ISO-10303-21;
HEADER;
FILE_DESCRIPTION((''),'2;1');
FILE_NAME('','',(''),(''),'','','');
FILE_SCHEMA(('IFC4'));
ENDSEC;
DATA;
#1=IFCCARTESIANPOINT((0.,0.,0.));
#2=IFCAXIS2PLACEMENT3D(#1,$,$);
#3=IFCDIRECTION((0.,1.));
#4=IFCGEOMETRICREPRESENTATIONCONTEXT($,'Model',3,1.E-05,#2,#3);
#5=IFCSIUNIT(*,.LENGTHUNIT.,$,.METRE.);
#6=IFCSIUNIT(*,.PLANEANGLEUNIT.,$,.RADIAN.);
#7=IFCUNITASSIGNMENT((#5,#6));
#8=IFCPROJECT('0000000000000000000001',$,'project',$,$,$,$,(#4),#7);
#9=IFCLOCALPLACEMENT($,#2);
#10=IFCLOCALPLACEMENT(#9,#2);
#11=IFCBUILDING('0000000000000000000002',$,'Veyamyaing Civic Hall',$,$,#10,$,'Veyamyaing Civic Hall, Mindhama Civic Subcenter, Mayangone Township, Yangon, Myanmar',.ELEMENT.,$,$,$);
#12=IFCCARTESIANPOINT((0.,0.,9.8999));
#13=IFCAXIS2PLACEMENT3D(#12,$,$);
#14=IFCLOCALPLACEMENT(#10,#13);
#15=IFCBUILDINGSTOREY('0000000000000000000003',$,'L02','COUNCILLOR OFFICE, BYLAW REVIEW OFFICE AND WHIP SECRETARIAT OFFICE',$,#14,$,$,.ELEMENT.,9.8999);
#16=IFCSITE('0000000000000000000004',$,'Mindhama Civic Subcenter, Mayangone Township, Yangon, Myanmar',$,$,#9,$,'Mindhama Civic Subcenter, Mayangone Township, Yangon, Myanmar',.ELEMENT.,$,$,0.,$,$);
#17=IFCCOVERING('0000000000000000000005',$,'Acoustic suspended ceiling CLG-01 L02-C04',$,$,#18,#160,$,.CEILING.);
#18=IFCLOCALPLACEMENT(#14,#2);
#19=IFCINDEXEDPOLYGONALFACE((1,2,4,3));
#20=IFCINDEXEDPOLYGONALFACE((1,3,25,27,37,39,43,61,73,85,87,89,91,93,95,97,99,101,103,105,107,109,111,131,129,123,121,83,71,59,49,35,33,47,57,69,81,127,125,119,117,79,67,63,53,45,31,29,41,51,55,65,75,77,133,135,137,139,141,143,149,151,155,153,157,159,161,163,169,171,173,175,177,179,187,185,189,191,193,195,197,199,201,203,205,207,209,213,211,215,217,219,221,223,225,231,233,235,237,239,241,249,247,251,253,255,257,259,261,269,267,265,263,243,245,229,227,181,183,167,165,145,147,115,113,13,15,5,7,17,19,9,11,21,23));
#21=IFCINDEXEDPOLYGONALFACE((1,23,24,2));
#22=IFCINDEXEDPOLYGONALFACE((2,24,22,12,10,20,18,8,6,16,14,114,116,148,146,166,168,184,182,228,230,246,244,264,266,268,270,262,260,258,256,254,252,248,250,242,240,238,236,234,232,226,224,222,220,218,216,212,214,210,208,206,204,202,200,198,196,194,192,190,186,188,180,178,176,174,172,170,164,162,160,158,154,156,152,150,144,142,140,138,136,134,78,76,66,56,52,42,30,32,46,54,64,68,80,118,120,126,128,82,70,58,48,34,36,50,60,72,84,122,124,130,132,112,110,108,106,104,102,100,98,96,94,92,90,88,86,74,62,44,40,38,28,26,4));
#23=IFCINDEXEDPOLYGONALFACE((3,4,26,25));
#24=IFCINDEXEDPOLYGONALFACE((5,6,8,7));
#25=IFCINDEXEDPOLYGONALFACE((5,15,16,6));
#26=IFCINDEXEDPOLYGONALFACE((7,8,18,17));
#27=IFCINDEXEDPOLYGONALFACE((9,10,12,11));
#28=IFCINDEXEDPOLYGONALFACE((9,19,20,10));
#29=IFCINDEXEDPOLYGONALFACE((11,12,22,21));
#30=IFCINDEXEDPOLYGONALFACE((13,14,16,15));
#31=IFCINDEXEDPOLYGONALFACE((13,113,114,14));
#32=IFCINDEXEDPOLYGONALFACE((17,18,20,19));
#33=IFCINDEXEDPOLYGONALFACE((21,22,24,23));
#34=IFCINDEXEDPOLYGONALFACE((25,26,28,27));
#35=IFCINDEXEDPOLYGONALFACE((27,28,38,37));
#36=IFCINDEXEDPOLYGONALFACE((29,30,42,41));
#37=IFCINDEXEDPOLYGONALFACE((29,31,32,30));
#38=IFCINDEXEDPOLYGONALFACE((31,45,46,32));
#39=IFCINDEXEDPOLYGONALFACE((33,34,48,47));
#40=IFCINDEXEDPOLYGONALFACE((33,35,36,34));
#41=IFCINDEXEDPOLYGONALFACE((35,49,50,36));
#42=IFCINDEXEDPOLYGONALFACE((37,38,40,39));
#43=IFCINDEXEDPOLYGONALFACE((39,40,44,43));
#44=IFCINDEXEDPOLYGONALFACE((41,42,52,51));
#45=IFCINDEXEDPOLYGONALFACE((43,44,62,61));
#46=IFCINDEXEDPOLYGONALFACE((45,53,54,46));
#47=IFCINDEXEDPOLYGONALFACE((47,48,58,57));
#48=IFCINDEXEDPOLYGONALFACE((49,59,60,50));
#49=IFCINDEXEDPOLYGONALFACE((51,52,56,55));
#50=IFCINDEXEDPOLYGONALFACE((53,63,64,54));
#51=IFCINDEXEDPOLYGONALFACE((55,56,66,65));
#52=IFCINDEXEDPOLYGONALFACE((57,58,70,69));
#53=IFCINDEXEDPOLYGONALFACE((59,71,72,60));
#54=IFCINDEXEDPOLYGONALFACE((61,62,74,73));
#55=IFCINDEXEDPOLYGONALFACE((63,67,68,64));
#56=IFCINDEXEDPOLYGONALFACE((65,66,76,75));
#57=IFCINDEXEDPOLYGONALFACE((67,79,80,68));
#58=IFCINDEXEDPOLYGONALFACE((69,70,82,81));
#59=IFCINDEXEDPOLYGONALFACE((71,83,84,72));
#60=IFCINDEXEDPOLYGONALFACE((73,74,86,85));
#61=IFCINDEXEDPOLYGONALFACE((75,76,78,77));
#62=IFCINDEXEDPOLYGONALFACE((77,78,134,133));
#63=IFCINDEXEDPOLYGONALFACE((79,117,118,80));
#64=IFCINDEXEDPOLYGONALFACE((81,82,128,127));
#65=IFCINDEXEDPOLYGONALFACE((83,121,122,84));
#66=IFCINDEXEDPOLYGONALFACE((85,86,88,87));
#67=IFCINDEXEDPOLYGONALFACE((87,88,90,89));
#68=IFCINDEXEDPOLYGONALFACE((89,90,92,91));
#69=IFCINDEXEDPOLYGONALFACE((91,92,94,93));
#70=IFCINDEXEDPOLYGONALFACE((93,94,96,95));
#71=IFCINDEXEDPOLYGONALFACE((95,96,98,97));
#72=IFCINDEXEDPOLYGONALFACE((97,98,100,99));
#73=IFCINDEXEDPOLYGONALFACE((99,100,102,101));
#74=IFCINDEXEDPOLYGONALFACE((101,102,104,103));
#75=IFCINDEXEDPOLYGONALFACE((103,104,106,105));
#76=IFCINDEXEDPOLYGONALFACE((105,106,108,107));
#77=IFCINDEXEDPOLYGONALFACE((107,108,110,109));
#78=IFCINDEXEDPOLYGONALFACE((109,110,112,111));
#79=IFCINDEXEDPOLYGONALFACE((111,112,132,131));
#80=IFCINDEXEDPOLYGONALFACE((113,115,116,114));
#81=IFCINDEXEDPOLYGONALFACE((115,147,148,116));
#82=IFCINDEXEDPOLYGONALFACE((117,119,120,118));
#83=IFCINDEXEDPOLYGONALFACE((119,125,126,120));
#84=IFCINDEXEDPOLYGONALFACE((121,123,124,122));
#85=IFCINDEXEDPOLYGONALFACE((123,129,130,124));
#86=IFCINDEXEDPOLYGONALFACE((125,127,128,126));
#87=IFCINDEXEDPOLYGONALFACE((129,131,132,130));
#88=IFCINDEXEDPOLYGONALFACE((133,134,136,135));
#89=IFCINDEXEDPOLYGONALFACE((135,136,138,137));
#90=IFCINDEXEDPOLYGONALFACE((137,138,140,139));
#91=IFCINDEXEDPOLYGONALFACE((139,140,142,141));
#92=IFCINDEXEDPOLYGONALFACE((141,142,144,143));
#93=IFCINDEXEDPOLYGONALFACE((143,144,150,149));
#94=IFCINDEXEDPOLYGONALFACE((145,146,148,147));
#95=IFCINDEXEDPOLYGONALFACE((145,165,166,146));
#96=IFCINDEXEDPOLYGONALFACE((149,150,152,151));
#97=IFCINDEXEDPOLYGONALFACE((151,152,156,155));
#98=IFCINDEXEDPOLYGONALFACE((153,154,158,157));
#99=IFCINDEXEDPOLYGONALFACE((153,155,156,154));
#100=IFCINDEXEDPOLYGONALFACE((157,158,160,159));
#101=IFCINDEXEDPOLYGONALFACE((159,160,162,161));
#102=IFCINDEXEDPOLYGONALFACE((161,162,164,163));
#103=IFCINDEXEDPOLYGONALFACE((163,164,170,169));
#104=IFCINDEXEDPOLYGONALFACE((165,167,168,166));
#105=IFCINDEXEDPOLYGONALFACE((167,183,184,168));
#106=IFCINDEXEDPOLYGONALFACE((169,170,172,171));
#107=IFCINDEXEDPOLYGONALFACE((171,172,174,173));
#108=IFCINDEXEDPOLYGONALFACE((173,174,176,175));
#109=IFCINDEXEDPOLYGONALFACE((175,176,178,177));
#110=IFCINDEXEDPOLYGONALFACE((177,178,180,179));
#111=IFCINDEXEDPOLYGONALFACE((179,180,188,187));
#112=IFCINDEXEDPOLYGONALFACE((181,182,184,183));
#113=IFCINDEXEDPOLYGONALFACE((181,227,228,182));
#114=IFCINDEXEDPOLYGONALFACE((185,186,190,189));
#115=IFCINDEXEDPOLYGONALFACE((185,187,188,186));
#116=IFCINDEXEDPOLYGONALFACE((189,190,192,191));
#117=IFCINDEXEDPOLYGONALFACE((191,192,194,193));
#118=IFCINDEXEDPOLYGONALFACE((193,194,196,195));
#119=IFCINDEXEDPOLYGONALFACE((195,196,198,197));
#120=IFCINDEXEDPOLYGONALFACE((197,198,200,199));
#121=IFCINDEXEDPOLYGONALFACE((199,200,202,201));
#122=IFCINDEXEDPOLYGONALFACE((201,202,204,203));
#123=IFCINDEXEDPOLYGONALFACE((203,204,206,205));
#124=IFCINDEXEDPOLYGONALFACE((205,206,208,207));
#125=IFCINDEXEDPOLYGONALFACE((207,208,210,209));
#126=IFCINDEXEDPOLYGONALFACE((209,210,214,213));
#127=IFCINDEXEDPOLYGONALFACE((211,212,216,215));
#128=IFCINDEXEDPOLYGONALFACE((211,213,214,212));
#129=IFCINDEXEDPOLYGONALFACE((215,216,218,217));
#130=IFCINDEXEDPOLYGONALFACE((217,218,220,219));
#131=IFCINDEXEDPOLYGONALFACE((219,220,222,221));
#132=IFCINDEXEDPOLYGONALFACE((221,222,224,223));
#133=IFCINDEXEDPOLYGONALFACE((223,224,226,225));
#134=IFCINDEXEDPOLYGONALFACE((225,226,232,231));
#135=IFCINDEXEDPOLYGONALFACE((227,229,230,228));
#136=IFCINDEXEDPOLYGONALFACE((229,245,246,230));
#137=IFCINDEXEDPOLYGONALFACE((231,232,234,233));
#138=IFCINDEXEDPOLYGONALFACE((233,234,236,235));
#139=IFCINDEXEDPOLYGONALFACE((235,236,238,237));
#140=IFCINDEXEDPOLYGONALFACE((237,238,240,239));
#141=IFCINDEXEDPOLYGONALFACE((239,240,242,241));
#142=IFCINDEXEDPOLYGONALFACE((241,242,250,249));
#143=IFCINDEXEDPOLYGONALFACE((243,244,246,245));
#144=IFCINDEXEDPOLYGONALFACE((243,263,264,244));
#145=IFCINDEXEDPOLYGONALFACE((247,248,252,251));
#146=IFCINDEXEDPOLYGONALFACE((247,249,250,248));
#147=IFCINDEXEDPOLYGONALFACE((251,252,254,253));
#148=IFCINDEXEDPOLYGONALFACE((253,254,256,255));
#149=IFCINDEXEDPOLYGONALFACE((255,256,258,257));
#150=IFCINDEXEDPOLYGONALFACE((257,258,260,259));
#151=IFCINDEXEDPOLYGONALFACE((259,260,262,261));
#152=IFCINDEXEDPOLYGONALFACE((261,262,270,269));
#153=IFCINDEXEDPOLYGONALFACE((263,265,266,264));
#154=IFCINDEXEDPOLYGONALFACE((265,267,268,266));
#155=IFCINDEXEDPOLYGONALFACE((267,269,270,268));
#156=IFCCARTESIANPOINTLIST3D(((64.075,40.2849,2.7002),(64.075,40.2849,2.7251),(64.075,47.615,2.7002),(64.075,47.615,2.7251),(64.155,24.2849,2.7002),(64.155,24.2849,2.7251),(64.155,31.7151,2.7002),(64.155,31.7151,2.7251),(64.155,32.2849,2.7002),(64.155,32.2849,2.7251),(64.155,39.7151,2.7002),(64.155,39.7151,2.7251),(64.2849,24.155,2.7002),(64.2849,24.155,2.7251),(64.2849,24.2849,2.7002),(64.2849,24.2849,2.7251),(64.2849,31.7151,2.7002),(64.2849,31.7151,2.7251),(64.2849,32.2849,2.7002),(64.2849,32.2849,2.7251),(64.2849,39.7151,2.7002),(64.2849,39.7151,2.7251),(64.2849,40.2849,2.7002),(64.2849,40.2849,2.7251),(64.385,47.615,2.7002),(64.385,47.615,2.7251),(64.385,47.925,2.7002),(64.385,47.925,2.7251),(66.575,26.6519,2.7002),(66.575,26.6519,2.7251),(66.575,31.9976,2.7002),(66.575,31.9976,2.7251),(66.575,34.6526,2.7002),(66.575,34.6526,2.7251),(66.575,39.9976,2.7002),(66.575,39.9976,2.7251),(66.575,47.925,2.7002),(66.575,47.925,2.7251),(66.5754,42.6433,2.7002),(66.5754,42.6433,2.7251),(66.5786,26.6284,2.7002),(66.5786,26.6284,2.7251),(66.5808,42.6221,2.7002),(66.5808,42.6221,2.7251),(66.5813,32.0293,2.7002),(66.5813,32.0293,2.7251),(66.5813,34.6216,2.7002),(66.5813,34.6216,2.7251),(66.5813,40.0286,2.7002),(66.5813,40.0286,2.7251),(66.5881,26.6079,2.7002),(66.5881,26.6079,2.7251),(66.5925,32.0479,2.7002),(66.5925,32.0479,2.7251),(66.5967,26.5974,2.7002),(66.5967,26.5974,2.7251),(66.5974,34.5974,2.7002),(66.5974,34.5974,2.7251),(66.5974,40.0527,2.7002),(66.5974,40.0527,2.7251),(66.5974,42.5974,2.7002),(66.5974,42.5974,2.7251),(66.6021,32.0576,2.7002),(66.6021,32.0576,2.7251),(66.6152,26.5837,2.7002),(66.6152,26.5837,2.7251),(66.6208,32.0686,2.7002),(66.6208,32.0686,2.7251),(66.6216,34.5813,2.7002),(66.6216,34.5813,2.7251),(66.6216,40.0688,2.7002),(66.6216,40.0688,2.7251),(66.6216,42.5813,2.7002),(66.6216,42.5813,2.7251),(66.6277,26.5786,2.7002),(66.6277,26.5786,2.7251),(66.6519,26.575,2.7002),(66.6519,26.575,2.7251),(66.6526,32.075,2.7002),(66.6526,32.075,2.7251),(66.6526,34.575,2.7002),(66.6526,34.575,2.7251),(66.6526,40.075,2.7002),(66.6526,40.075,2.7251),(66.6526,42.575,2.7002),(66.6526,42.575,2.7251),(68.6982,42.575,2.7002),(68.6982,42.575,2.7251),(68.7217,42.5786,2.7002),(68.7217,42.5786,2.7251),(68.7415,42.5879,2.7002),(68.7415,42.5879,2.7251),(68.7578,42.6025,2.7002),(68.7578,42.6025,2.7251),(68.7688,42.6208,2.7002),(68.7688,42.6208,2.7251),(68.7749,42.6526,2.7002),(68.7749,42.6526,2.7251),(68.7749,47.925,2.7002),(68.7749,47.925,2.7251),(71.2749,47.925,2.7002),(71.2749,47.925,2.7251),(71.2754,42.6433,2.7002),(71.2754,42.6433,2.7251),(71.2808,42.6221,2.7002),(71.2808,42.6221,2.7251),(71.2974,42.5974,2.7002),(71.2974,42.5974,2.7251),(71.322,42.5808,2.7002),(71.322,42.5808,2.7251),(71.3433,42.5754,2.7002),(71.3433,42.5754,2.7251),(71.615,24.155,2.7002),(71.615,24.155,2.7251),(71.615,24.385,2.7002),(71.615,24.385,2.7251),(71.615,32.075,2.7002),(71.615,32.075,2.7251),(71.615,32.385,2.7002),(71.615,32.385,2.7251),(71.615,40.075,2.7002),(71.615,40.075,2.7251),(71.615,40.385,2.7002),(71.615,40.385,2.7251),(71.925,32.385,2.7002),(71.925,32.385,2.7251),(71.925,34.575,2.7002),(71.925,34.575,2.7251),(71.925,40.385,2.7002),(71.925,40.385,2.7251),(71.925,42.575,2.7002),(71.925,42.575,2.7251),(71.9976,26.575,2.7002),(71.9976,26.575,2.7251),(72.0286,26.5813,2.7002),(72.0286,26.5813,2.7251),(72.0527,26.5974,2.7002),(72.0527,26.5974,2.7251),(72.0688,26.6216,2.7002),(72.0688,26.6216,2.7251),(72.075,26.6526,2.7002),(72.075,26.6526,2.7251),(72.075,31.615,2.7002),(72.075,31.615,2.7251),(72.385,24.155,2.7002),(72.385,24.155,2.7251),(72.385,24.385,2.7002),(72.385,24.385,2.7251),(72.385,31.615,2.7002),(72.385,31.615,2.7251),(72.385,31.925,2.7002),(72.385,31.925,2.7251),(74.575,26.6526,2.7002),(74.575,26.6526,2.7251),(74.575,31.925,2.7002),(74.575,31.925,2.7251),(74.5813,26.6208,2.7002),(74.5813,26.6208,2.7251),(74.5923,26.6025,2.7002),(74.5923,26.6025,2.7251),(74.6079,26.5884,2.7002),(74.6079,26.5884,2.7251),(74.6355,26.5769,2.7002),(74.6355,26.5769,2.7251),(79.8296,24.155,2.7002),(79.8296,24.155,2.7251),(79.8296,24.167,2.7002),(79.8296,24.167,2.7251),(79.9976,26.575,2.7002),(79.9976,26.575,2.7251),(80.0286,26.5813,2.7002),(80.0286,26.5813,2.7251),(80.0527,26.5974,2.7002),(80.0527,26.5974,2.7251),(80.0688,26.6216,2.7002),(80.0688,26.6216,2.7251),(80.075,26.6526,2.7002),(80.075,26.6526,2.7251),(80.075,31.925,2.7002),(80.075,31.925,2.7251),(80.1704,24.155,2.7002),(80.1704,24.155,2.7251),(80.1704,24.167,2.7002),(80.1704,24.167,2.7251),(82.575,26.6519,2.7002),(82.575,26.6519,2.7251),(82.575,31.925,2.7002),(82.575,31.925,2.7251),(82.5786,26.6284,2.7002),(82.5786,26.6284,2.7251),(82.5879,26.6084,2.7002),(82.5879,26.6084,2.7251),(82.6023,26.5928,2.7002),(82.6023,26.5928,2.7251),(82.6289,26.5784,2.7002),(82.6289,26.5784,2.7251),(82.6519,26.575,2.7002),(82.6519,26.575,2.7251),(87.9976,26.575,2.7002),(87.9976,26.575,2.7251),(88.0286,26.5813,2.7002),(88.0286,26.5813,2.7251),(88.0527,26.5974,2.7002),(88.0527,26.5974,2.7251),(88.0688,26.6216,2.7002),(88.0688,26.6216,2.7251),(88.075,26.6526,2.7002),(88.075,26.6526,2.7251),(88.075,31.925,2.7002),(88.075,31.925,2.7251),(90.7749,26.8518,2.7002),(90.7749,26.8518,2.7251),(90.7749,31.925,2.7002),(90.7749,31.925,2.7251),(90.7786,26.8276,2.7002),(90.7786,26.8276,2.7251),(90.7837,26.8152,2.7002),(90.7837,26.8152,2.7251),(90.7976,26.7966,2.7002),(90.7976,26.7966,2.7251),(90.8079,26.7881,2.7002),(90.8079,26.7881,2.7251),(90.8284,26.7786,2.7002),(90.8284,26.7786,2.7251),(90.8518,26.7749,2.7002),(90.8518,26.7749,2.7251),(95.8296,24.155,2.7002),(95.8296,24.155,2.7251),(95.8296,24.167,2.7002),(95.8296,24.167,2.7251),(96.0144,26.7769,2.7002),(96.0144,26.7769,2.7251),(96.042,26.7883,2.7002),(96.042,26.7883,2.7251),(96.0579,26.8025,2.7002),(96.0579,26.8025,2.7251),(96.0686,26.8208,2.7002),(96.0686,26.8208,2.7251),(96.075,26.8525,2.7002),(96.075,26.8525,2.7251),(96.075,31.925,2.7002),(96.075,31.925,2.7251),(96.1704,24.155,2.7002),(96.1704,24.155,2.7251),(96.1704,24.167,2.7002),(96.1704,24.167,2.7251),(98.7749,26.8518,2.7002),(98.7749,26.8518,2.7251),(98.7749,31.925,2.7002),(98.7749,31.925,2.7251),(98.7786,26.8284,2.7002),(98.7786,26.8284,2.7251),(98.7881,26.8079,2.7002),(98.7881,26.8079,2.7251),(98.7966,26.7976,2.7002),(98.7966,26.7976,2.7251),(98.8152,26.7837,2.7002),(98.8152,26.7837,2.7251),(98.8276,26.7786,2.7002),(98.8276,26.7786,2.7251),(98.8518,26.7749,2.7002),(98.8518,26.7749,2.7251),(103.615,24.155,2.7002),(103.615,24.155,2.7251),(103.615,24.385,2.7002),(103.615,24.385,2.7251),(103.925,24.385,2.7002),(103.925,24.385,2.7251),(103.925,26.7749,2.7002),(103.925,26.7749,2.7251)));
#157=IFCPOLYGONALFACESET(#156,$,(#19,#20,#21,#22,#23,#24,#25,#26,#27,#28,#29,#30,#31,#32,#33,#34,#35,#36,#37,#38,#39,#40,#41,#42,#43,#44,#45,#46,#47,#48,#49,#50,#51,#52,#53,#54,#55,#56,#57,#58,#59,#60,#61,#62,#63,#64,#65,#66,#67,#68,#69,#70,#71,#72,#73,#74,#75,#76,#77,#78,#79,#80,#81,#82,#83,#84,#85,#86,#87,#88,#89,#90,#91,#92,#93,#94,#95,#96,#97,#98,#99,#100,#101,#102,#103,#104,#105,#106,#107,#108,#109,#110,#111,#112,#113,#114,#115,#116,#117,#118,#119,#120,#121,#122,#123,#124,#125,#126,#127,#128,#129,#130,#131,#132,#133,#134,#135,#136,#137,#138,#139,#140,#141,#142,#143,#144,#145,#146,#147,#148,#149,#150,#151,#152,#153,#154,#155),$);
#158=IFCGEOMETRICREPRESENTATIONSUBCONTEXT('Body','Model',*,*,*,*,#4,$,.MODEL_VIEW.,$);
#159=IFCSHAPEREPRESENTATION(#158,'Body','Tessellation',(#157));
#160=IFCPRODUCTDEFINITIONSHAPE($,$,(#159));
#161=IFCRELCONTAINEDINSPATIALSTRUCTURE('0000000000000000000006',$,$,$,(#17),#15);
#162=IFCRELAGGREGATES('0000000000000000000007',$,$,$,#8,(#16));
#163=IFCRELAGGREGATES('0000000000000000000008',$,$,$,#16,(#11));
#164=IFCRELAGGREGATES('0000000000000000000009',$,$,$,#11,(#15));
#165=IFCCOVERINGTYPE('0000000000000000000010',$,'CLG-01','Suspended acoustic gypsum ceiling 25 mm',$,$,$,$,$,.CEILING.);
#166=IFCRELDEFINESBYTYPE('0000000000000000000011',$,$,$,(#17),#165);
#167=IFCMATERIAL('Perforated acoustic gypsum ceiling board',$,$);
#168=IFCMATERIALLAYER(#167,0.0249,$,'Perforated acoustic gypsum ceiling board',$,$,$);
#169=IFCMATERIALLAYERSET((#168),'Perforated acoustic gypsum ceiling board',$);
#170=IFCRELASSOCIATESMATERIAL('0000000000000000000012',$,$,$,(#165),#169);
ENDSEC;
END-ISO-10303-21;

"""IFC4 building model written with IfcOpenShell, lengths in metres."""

from ifc_helpers import new_model, si_unit, direction, frame, origin, place, context, subcontext, project, spatial, polyline, outline, extrude, material, layer, layer_set, type_object, element, save


model = new_model("IFC4")

# Units and contexts
model_context = context("Model", 3, precision=1e-05, world=origin(), true_north=direction((0.0, 1.0)))
body_context = subcontext(model_context, "Body", "Model", "MODEL_VIEW")
ifc_project = project(units=[si_unit("LENGTHUNIT", "METRE"), si_unit("PLANEANGLEUNIT", "RADIAN")], contexts=[model_context])

# Site, building, storey
site_placement = place(None, origin())
site = spatial("IfcSite", under=ifc_project, at=site_placement, Name="Mindhama Civic Subcenter, Mayangone Township, Yangon, Myanmar", LongName="Mindhama Civic Subcenter, Mayangone Township, Yangon, Myanmar", CompositionType="ELEMENT", RefElevation=0.0)
building_placement = place(site_placement, origin())
building = spatial("IfcBuilding", under=site, at=building_placement, Name="Veyamyaing Civic Hall", LongName="Veyamyaing Civic Hall, Mindhama Civic Subcenter, Mayangone Township, Yangon, Myanmar", CompositionType="ELEMENT")
storey_placement = place(building_placement, frame((0.0, 0.0, 9.8999)))
storey = spatial("IfcBuildingStorey", under=building, at=storey_placement, Name="L02", Description="COUNCILLOR OFFICE, BYLAW REVIEW OFFICE AND WHIP SECRETARIAT OFFICE", CompositionType="ELEMENT", Elevation=9.8999)

# Covering
ifc_material_1 = material(Name="Perforated acoustic gypsum ceiling board")
ifc_layer_1 = layer(ifc_material_1, 0.0249, Name="Perforated acoustic gypsum ceiling board")
ifc_layer_set_1 = layer_set([ifc_layer_1], Name="Perforated acoustic gypsum ceiling board")
covering_type_1 = type_object("IfcCoveringType", Name="CLG-01", Description="Suspended acoustic gypsum ceiling 25 mm", PredefinedType="CEILING", material=ifc_layer_set_1)
covering_1_placement = place(storey_placement, frame((0.0, 0.0, 2.7002)))
element("IfcCovering", 1, at=covering_1_placement, inside=storey, type_object=covering_type_1, Name="Acoustic suspended ceiling CLG-01 L02-C04", PredefinedType="CEILING", context=body_context, shape_type="SweptSolid", body=[
    extrude(outline(polyline([(66.5808, 42.6221), (66.5974, 42.5974), (66.6216, 42.5813), (66.6526, 42.575), (68.6982, 42.575), (68.7217, 42.5786), (68.7415, 42.5879), (68.7578, 42.6025), (68.7688, 42.6208), (68.7749, 42.6526), (68.7749, 47.925), (71.2749, 47.925), (71.2754, 42.6433), (71.2808, 42.6221), (71.2974, 42.5974), (71.322, 42.5808), (71.3433, 42.5754), (71.925, 42.575), (71.925, 40.385), (71.615, 40.385), (71.615, 40.075), (66.6526, 40.075), (66.6216, 40.0688), (66.5974, 40.0527), (66.5813, 40.0286), (66.575, 39.9976), (66.575, 34.6526), (66.5813, 34.6216), (66.5974, 34.5974), (66.6216, 34.5813), (66.6526, 34.575), (71.925, 34.575), (71.925, 32.385), (71.615, 32.385), (71.615, 32.075), (66.6526, 32.075), (66.6208, 32.0686), (66.6021, 32.0576), (66.5925, 32.0479), (66.5813, 32.0293), (66.575, 31.9976), (66.575, 26.6519), (66.5786, 26.6284), (66.5881, 26.6079), (66.5967, 26.5974), (66.6152, 26.5837), (66.6277, 26.5786), (66.6519, 26.575), (71.9976, 26.575), (72.0286, 26.5813), (72.0527, 26.5974), (72.0688, 26.6216), (72.075, 26.6526), (72.075, 31.615), (72.385, 31.615), (72.385, 31.925), (74.575, 31.925), (74.575, 26.6526), (74.5813, 26.6208), (74.5923, 26.6025), (74.6079, 26.5884), (74.6355, 26.5769), (79.9976, 26.575), (80.0286, 26.5813), (80.0527, 26.5974), (80.0688, 26.6216), (80.075, 26.6526), (80.075, 31.925), (82.575, 31.925), (82.575, 26.6519), (82.5786, 26.6284), (82.5879, 26.6084), (82.6023, 26.5928), (82.6289, 26.5784), (82.6519, 26.575), (87.9976, 26.575), (88.0286, 26.5813), (88.0527, 26.5974), (88.0688, 26.6216), (88.075, 26.6526), (88.075, 31.925), (90.7749, 31.925), (90.7749, 26.8518), (90.7786, 26.8276), (90.7837, 26.8152), (90.7976, 26.7966), (90.8079, 26.7881), (90.8284, 26.7786), (90.8518, 26.7749), (96.0144, 26.7769), (96.042, 26.7883), (96.0579, 26.8025), (96.0686, 26.8208), (96.075, 26.8525), (96.075, 31.925), (98.7749, 31.925), (98.7749, 26.8518), (98.7786, 26.8284), (98.7881, 26.8079), (98.7966, 26.7976), (98.8152, 26.7837), (98.8276, 26.7786), (98.8518, 26.7749), (103.925, 26.7749), (103.925, 24.385), (103.615, 24.385), (103.615, 24.155), (96.1704, 24.155), (96.1704, 24.167), (95.8296, 24.167), (95.8296, 24.155), (80.1704, 24.155), (80.1704, 24.167), (79.8296, 24.167), (79.8296, 24.155), (72.385, 24.155), (72.385, 24.385), (71.615, 24.385), (71.615, 24.155), (64.2849, 24.155), (64.2849, 24.2849), (64.155, 24.2849), (64.155, 31.7151), (64.2849, 31.7151), (64.2849, 32.2849), (64.155, 32.2849), (64.155, 39.7151), (64.2849, 39.7151), (64.2849, 40.2849), (64.075, 40.2849), (64.075, 47.615), (64.385, 47.615), (64.385, 47.925), (66.575, 47.925), (66.5754, 42.6433), (66.5808, 42.6221)])), origin(), (0.0, 0.0, 1.0), 0.0249),
])

save(model, "model.ifc")
